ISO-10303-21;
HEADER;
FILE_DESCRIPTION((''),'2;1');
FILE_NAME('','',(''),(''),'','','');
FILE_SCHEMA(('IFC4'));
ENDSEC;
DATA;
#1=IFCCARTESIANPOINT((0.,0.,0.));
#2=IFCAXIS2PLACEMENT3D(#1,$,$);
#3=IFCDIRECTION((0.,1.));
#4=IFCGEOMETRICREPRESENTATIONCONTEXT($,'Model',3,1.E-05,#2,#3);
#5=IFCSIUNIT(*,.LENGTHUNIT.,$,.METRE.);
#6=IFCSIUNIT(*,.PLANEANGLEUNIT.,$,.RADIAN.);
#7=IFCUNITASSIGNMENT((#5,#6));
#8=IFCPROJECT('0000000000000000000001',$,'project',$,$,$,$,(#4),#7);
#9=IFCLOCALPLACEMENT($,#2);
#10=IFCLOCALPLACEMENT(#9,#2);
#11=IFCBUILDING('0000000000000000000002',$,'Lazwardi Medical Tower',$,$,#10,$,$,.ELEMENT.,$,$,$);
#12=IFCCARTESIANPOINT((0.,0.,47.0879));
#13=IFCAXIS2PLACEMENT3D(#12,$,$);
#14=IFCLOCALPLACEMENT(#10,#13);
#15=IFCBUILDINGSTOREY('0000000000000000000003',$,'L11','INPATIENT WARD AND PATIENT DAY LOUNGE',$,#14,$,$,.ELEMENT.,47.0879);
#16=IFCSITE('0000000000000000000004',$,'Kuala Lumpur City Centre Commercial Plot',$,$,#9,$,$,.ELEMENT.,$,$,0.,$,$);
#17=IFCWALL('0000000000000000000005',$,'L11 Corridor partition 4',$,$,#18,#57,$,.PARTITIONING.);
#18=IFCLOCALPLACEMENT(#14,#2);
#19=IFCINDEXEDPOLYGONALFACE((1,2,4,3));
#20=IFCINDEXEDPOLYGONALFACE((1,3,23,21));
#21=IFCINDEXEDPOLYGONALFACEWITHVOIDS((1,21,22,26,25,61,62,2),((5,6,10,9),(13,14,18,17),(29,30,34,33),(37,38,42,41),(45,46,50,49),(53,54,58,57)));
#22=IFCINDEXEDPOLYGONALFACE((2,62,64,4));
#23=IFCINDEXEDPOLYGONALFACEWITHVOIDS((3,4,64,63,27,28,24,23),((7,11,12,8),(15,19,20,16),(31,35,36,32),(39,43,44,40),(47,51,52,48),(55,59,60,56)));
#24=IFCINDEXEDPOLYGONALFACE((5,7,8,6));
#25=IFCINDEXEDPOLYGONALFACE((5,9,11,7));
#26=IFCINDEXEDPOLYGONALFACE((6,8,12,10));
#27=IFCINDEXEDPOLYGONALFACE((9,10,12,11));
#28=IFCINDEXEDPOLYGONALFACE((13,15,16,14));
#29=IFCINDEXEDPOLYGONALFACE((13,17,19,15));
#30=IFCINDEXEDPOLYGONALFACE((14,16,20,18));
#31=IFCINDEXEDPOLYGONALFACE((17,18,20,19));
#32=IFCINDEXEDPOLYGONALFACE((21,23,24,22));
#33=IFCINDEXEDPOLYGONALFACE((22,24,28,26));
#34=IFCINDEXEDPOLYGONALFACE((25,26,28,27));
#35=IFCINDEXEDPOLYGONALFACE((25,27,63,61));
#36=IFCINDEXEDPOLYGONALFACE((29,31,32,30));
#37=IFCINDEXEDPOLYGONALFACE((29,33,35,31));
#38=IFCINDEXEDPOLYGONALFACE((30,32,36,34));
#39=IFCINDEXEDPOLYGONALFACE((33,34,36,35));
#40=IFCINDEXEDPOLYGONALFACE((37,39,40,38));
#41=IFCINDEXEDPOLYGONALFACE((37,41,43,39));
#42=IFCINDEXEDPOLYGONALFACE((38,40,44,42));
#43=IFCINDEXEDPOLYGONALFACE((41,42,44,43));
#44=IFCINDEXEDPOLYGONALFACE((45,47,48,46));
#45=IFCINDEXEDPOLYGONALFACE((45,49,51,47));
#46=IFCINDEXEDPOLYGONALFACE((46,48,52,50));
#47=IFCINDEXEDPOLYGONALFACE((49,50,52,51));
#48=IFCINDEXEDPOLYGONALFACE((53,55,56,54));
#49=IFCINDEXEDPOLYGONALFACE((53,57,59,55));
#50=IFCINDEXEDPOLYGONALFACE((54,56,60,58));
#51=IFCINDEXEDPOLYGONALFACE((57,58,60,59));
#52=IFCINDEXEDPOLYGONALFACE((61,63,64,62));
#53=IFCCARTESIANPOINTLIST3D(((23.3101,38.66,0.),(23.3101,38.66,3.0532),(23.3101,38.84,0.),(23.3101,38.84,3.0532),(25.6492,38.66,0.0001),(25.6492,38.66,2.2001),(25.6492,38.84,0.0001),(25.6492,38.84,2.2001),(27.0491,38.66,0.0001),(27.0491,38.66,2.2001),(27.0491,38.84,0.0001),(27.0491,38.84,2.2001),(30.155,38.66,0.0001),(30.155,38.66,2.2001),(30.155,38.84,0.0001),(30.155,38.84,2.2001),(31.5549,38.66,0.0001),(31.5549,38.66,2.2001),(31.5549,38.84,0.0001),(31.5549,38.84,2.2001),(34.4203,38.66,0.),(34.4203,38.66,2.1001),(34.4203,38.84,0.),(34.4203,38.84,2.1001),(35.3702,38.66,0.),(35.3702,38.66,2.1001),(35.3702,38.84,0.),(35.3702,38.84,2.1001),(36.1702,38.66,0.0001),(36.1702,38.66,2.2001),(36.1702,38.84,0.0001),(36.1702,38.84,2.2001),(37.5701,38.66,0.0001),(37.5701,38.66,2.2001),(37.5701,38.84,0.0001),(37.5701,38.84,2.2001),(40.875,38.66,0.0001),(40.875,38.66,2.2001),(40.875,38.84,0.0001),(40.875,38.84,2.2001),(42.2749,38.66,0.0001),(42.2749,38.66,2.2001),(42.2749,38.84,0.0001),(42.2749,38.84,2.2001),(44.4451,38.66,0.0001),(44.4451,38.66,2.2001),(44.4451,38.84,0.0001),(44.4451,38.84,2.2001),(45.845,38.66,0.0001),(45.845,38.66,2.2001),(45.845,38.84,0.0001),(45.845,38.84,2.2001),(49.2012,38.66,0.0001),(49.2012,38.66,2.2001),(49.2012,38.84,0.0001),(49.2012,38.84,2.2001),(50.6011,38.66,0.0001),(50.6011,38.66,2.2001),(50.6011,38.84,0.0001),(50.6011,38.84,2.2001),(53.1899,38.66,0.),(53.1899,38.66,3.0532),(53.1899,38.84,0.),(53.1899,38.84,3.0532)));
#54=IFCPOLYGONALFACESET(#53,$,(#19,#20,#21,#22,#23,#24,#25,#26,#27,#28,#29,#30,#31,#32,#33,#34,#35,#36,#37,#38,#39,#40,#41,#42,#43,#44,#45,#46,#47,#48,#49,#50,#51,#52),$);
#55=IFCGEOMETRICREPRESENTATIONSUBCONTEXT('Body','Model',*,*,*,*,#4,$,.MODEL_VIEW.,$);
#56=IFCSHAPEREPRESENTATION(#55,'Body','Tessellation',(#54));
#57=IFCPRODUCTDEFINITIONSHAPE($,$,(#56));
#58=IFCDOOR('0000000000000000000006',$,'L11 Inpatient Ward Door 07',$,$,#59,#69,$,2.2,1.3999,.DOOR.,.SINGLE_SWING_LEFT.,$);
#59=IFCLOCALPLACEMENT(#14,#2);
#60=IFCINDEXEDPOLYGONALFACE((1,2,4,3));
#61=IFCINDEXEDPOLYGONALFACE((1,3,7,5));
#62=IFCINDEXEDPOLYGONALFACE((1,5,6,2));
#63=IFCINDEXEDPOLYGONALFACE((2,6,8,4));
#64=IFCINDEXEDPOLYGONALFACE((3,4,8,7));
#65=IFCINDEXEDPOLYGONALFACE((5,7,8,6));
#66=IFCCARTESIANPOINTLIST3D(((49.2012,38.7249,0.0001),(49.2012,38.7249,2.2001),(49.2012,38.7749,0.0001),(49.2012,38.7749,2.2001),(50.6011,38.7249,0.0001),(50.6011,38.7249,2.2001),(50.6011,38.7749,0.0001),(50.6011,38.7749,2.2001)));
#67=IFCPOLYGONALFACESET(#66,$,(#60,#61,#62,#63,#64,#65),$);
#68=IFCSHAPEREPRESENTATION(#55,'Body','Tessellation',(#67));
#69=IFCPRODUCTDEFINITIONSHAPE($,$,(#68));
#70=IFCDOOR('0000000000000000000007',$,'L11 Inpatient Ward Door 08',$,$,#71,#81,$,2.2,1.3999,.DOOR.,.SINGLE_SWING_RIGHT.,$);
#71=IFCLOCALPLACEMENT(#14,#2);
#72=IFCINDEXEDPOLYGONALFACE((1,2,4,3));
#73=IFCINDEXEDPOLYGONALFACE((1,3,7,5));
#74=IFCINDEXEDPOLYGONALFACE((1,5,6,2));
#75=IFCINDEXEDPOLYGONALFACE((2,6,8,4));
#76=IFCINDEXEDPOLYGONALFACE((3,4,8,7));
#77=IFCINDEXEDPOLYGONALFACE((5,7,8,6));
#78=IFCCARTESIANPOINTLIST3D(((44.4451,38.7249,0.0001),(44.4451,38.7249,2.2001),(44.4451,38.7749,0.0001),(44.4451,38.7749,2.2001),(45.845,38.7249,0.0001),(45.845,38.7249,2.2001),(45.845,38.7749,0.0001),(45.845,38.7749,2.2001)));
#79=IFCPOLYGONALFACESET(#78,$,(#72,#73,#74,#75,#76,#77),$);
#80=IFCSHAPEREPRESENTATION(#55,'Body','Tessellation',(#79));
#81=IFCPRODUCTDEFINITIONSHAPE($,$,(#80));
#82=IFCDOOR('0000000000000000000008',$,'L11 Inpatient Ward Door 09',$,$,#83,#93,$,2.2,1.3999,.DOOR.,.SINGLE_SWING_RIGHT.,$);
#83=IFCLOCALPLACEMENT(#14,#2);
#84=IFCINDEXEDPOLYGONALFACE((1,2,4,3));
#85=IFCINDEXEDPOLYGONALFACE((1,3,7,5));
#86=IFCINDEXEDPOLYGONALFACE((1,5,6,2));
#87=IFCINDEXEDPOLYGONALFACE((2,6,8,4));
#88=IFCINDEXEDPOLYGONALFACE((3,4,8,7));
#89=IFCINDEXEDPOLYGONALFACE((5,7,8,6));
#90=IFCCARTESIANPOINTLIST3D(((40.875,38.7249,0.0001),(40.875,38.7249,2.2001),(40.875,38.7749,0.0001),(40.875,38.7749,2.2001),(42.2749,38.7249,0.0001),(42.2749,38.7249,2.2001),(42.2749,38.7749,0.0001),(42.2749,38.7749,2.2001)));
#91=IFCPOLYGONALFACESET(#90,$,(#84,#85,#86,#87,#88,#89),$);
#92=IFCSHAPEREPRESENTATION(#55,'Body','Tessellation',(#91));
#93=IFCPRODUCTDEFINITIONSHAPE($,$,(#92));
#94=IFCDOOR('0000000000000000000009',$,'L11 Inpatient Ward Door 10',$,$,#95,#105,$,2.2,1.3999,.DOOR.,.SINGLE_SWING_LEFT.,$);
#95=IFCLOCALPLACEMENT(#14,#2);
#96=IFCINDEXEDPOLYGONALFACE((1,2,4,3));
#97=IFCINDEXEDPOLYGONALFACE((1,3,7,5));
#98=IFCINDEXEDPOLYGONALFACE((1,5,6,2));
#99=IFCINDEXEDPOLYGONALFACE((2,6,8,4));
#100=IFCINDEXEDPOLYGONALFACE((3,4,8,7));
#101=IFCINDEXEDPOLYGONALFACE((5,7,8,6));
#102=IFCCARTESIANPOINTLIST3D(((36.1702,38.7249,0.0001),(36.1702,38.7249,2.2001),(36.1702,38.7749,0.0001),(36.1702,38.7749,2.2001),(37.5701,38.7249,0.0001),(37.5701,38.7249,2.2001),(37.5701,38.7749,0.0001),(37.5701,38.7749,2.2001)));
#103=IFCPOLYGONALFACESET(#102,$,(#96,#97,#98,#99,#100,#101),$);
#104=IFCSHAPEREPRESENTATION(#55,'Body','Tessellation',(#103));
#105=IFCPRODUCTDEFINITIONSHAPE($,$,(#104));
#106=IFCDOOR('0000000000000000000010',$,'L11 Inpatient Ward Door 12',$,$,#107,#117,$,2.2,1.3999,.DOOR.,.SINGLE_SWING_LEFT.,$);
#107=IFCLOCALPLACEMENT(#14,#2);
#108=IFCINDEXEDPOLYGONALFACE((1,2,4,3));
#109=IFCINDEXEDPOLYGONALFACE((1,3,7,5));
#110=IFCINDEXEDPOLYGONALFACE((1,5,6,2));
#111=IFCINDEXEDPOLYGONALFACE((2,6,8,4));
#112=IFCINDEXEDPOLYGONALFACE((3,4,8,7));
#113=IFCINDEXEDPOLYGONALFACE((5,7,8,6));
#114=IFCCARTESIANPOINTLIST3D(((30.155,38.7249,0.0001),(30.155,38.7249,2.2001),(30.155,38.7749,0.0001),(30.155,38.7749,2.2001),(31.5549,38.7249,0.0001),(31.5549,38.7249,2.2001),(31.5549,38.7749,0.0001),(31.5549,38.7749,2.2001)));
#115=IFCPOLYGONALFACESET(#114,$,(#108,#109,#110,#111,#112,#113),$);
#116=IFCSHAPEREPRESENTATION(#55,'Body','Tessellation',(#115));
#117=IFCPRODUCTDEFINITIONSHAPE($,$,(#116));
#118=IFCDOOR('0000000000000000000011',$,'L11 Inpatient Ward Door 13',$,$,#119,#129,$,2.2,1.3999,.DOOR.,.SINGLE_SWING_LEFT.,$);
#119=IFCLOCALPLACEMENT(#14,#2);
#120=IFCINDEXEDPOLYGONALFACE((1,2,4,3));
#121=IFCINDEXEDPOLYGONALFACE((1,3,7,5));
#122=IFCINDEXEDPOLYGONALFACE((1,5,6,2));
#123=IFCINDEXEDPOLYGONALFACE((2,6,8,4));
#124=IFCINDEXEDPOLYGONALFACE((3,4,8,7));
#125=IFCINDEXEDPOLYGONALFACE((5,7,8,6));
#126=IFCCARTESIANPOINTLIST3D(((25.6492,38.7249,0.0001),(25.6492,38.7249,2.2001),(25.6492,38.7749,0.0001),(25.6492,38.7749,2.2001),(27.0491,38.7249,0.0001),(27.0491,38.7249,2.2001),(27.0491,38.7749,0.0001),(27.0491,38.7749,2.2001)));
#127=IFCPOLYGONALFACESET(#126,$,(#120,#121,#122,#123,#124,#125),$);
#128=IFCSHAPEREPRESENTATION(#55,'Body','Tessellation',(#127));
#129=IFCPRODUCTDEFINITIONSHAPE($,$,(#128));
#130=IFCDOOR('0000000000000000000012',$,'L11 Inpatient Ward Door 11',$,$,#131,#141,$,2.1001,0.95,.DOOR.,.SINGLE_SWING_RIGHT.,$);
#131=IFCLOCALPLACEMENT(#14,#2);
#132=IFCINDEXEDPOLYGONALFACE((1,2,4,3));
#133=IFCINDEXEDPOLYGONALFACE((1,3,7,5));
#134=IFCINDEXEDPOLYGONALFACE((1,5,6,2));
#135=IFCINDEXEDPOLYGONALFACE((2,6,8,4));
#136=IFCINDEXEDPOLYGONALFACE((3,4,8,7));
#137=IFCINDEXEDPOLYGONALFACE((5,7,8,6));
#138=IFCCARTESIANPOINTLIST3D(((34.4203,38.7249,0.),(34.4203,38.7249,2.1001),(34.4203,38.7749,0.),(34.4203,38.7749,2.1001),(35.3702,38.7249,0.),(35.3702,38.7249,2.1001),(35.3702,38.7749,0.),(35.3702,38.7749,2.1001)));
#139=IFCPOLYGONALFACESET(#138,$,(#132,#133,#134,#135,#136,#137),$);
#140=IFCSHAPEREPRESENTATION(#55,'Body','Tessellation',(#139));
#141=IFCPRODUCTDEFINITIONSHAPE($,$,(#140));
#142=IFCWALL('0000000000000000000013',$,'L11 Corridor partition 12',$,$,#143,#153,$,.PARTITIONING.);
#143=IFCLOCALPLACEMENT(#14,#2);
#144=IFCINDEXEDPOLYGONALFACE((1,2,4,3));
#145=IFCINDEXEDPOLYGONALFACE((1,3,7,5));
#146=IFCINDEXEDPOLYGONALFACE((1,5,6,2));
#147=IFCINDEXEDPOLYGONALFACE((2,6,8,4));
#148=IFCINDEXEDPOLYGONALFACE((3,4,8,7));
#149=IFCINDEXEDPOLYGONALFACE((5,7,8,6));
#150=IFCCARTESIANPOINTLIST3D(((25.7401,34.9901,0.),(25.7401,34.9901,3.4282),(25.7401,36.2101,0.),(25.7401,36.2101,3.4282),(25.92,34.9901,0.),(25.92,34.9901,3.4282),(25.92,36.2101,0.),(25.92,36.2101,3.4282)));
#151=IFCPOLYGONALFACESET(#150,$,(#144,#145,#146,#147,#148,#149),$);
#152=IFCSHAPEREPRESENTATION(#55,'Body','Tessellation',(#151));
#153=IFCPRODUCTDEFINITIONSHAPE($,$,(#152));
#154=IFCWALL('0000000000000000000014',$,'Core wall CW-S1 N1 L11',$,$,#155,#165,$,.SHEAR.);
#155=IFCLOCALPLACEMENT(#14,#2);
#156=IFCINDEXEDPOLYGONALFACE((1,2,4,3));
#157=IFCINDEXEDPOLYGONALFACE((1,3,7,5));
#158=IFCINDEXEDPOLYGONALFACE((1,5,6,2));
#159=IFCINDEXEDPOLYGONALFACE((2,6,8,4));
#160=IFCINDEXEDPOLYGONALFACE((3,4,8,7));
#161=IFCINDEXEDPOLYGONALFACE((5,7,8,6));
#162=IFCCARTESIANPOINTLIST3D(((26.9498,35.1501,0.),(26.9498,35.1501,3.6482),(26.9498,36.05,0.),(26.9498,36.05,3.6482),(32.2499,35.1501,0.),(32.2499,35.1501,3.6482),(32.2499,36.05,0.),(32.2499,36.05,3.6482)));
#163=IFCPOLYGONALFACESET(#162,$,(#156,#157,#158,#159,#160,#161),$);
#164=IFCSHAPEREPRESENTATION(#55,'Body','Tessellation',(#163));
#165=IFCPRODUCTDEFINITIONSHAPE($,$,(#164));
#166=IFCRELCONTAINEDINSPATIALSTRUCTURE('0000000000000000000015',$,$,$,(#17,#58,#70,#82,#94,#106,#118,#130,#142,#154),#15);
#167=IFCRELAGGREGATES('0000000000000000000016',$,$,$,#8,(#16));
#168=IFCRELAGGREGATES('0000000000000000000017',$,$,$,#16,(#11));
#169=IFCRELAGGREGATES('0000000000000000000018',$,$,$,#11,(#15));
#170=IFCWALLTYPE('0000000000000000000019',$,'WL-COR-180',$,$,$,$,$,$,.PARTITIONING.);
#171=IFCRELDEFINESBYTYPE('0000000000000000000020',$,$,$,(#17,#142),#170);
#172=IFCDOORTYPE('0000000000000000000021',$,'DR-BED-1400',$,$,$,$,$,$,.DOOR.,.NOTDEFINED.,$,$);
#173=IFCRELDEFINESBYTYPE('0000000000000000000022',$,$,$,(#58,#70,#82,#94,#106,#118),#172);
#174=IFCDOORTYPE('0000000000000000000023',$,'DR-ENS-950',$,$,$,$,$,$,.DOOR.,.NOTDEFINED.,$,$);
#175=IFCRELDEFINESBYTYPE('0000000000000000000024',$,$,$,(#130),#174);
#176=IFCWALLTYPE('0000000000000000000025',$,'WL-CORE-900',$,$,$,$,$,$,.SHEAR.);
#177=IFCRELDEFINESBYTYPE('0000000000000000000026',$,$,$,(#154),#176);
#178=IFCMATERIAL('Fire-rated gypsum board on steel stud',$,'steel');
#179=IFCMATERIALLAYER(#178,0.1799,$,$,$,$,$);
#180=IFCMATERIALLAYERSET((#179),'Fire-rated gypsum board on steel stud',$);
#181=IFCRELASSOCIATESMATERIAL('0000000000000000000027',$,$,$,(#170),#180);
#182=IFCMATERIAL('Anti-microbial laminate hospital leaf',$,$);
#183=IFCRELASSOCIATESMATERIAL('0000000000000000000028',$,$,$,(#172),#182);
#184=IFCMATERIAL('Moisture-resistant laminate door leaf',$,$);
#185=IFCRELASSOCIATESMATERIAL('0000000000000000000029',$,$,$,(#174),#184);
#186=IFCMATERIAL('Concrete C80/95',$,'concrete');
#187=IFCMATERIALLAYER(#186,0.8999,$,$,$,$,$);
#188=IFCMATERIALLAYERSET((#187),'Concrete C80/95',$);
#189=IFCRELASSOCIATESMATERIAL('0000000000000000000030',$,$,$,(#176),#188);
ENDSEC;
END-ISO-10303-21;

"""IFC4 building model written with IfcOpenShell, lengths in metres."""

from ifc_helpers import new_model, si_unit, direction, frame, frame_2d, origin, place, context, subcontext, project, spatial, rectangle, extrude, material, layer, layer_set, type_object, element, fill, save


model = new_model("IFC4")

# Units and contexts
model_context = context("Model", 3, precision=1e-05, world=origin(), true_north=direction((0.0, 1.0)))
body_context = subcontext(model_context, "Body", "Model", "MODEL_VIEW")
ifc_project = project(units=[si_unit("LENGTHUNIT", "METRE"), si_unit("PLANEANGLEUNIT", "RADIAN")], contexts=[model_context])

# Site, building, storey
site_placement = place(None, origin())
site = spatial("IfcSite", under=ifc_project, at=site_placement, Name="Kuala Lumpur City Centre Commercial Plot", CompositionType="ELEMENT", RefElevation=0.0)
building_placement = place(site_placement, origin())
building = spatial("IfcBuilding", under=site, at=building_placement, Name="Lazwardi Medical Tower", CompositionType="ELEMENT")
storey_placement = place(building_placement, frame((0.0, 0.0, 47.0879)))
storey = spatial("IfcBuildingStorey", under=building, at=storey_placement, Name="L11", Description="INPATIENT WARD AND PATIENT DAY LOUNGE", CompositionType="ELEMENT", Elevation=47.0879)

# Shared definitions
ifc_material_1 = material(Name="Concrete C80/95", Category="concrete")

# Wall, openings, doors
ifc_material_2 = material(Name="Fire-rated gypsum board on steel stud", Category="steel")
ifc_layer_1 = layer(ifc_material_2, 0.1799)
ifc_layer_set_1 = layer_set([ifc_layer_1], Name="Fire-rated gypsum board on steel stud")
wall_type_1 = type_object("IfcWallType", Name="WL-COR-180", PredefinedType="PARTITIONING", material=ifc_layer_set_1)
wall_1_placement = place(storey_placement, frame((23.3101, 38.75, 0.0), z_axis=(0.0, 0.0, 1.0), x_axis=(1.0, 0.0, 0.0)))
wall_1 = element("IfcWall", 1, at=wall_1_placement, inside=storey, type_object=wall_type_1, Name="L11 Corridor partition 4", PredefinedType="PARTITIONING", context=body_context, shape_type="SweptSolid", body=[
    extrude(rectangle(XDim=29.8799, YDim=0.1799, at=frame_2d((14.9399, 0.0))), origin(), (0.0, 0.0, 1.0), 3.0532),
])
opening_1_placement = place(wall_1_placement, frame((25.8911, 0.0, 0.0)))
opening_1 = element("IfcOpeningElement", 2, at=opening_1_placement, cuts=wall_1, PredefinedType="OPENING", context=body_context, shape_type="SweptSolid", body=[
    extrude(rectangle(XDim=1.3999, YDim=2.2, at=frame_2d((0.7, 1.1001))), frame((0.0, 0.0999, 0.0), z_axis=(0.0, -1.0, 0.0), x_axis=(1.0, 0.0, 0.0)), (0.0, 0.0, 1.0), 0.2),
])
opening_2_placement = place(wall_1_placement, frame((21.135, 0.0, 0.0)))
opening_2 = element("IfcOpeningElement", 3, at=opening_2_placement, cuts=wall_1, PredefinedType="OPENING", context=body_context, shape_type="SweptSolid", body=[
    extrude(rectangle(XDim=1.3999, YDim=2.2, at=frame_2d((0.7, 1.1001))), frame((0.0, 0.0999, 0.0), z_axis=(0.0, -1.0, 0.0), x_axis=(1.0, 0.0, 0.0)), (0.0, 0.0, 1.0), 0.2),
])
opening_3_placement = place(wall_1_placement, frame((17.5649, 0.0, 0.0)))
opening_3 = element("IfcOpeningElement", 4, at=opening_3_placement, cuts=wall_1, PredefinedType="OPENING", context=body_context, shape_type="SweptSolid", body=[
    extrude(rectangle(XDim=1.3999, YDim=2.2, at=frame_2d((0.7, 1.1001))), frame((0.0, 0.0999, 0.0), z_axis=(0.0, -1.0, 0.0), x_axis=(1.0, 0.0, 0.0)), (0.0, 0.0, 1.0), 0.2),
])
opening_4_placement = place(wall_1_placement, frame((12.8601, 0.0, 0.0)))
opening_4 = element("IfcOpeningElement", 5, at=opening_4_placement, cuts=wall_1, PredefinedType="OPENING", context=body_context, shape_type="SweptSolid", body=[
    extrude(rectangle(XDim=1.3999, YDim=2.2, at=frame_2d((0.7, 1.1001))), frame((0.0, 0.0999, 0.0), z_axis=(0.0, -1.0, 0.0), x_axis=(1.0, 0.0, 0.0)), (0.0, 0.0, 1.0), 0.2),
])
opening_5_placement = place(wall_1_placement, frame((11.1101, 0.0, 0.0)))
opening_5 = element("IfcOpeningElement", 6, at=opening_5_placement, cuts=wall_1, PredefinedType="OPENING", context=body_context, shape_type="SweptSolid", body=[
    extrude(rectangle(XDim=0.95, YDim=2.1001, at=frame_2d((0.4751, 1.05))), frame((0.0, 0.0999, 0.0), z_axis=(0.0, -1.0, 0.0), x_axis=(1.0, 0.0, 0.0)), (0.0, 0.0, 1.0), 0.2),
])
opening_6_placement = place(wall_1_placement, frame((6.845, 0.0, 0.0)))
opening_6 = element("IfcOpeningElement", 7, at=opening_6_placement, cuts=wall_1, PredefinedType="OPENING", context=body_context, shape_type="SweptSolid", body=[
    extrude(rectangle(XDim=1.3999, YDim=2.2, at=frame_2d((0.7, 1.1001))), frame((0.0, 0.0999, 0.0), z_axis=(0.0, -1.0, 0.0), x_axis=(1.0, 0.0, 0.0)), (0.0, 0.0, 1.0), 0.2),
])
opening_7_placement = place(wall_1_placement, frame((2.3391, 0.0, 0.0)))
opening_7 = element("IfcOpeningElement", 8, at=opening_7_placement, cuts=wall_1, PredefinedType="OPENING", context=body_context, shape_type="SweptSolid", body=[
    extrude(rectangle(XDim=1.3999, YDim=2.2, at=frame_2d((0.7, 1.1001))), frame((0.0, 0.0999, 0.0), z_axis=(0.0, -1.0, 0.0), x_axis=(1.0, 0.0, 0.0)), (0.0, 0.0, 1.0), 0.2),
])
ifc_material_3 = material(Name="Anti-microbial laminate hospital leaf")
door_type_1 = type_object("IfcDoorType", Name="DR-BED-1400", OperationType="NOTDEFINED", PredefinedType="DOOR", material=ifc_material_3)
door_1_placement = place(opening_1_placement, origin())
door_1 = element("IfcDoor", 9, at=door_1_placement, inside=storey, type_object=door_type_1, Name="L11 Inpatient Ward Door 07", OperationType="SINGLE_SWING_LEFT", OverallHeight=2.2, OverallWidth=1.3999, PredefinedType="DOOR", context=body_context, shape_type="SweptSolid", body=[
    extrude(rectangle(XDim=1.3999, YDim=2.2, at=frame_2d((0.7, 1.1001))), frame((0.0, 0.0249, 0.0), z_axis=(0.0, -1.0, 0.0), x_axis=(1.0, 0.0, 0.0)), (0.0, 0.0, 1.0), 0.05),
])
fill(opening_1, door_1)
door_2_placement = place(opening_2_placement, origin())
door_2 = element("IfcDoor", 10, at=door_2_placement, inside=storey, type_object=door_type_1, Name="L11 Inpatient Ward Door 08", OperationType="SINGLE_SWING_RIGHT", OverallHeight=2.2, OverallWidth=1.3999, PredefinedType="DOOR", context=body_context, shape_type="SweptSolid", body=[
    extrude(rectangle(XDim=1.3999, YDim=2.2, at=frame_2d((0.7, 1.1001))), frame((0.0, 0.0249, 0.0), z_axis=(0.0, -1.0, 0.0), x_axis=(1.0, 0.0, 0.0)), (0.0, 0.0, 1.0), 0.05),
])
fill(opening_2, door_2)
door_3_placement = place(opening_3_placement, origin())
door_3 = element("IfcDoor", 11, at=door_3_placement, inside=storey, type_object=door_type_1, Name="L11 Inpatient Ward Door 09", OperationType="SINGLE_SWING_RIGHT", OverallHeight=2.2, OverallWidth=1.3999, PredefinedType="DOOR", context=body_context, shape_type="SweptSolid", body=[
    extrude(rectangle(XDim=1.3999, YDim=2.2, at=frame_2d((0.7, 1.1001))), frame((0.0, 0.0249, 0.0), z_axis=(0.0, -1.0, 0.0), x_axis=(1.0, 0.0, 0.0)), (0.0, 0.0, 1.0), 0.05),
])
fill(opening_3, door_3)
door_4_placement = place(opening_4_placement, origin())
door_4 = element("IfcDoor", 12, at=door_4_placement, inside=storey, type_object=door_type_1, Name="L11 Inpatient Ward Door 10", OperationType="SINGLE_SWING_LEFT", OverallHeight=2.2, OverallWidth=1.3999, PredefinedType="DOOR", context=body_context, shape_type="SweptSolid", body=[
    extrude(rectangle(XDim=1.3999, YDim=2.2, at=frame_2d((0.7, 1.1001))), frame((0.0, 0.0249, 0.0), z_axis=(0.0, -1.0, 0.0), x_axis=(1.0, 0.0, 0.0)), (0.0, 0.0, 1.0), 0.05),
])
fill(opening_4, door_4)
door_5_placement = place(opening_6_placement, origin())
door_5 = element("IfcDoor", 13, at=door_5_placement, inside=storey, type_object=door_type_1, Name="L11 Inpatient Ward Door 12", OperationType="SINGLE_SWING_LEFT", OverallHeight=2.2, OverallWidth=1.3999, PredefinedType="DOOR", context=body_context, shape_type="SweptSolid", body=[
    extrude(rectangle(XDim=1.3999, YDim=2.2, at=frame_2d((0.7, 1.1001))), frame((0.0, 0.0249, 0.0), z_axis=(0.0, -1.0, 0.0), x_axis=(1.0, 0.0, 0.0)), (0.0, 0.0, 1.0), 0.05),
])
fill(opening_6, door_5)
door_6_placement = place(opening_7_placement, origin())
door_6 = element("IfcDoor", 14, at=door_6_placement, inside=storey, type_object=door_type_1, Name="L11 Inpatient Ward Door 13", OperationType="SINGLE_SWING_LEFT", OverallHeight=2.2, OverallWidth=1.3999, PredefinedType="DOOR", context=body_context, shape_type="SweptSolid", body=[
    extrude(rectangle(XDim=1.3999, YDim=2.2, at=frame_2d((0.7, 1.1001))), frame((0.0, 0.0249, 0.0), z_axis=(0.0, -1.0, 0.0), x_axis=(1.0, 0.0, 0.0)), (0.0, 0.0, 1.0), 0.05),
])
fill(opening_7, door_6)
ifc_material_4 = material(Name="Moisture-resistant laminate door leaf")
door_type_2 = type_object("IfcDoorType", Name="DR-ENS-950", OperationType="NOTDEFINED", PredefinedType="DOOR", material=ifc_material_4)
door_7_placement = place(opening_5_placement, origin())
door_7 = element("IfcDoor", 15, at=door_7_placement, inside=storey, type_object=door_type_2, Name="L11 Inpatient Ward Door 11", OperationType="SINGLE_SWING_RIGHT", OverallHeight=2.1001, OverallWidth=0.95, PredefinedType="DOOR", context=body_context, shape_type="SweptSolid", body=[
    extrude(rectangle(XDim=0.95, YDim=2.1001, at=frame_2d((0.4751, 1.05))), frame((0.0, 0.0249, 0.0), z_axis=(0.0, -1.0, 0.0), x_axis=(1.0, 0.0, 0.0)), (0.0, 0.0, 1.0), 0.05),
])
fill(opening_5, door_7)

# Walls
wall_2_placement = place(storey_placement, frame((25.8301, 36.21, 0.0), z_axis=(0.0, 0.0, 1.0), x_axis=(0.0, -1.0, 0.0)))
element("IfcWall", 16, at=wall_2_placement, inside=storey, type_object=wall_type_1, Name="L11 Corridor partition 12", PredefinedType="PARTITIONING", context=body_context, shape_type="SweptSolid", body=[
    extrude(rectangle(XDim=1.22, YDim=0.1799, at=frame_2d((0.6099, 0.0))), origin(), (0.0, 0.0, 1.0), 3.4282),
])
ifc_layer_2 = layer(ifc_material_1, 0.8999)
ifc_layer_set_2 = layer_set([ifc_layer_2], Name="Concrete C80/95")
wall_type_2 = type_object("IfcWallType", Name="WL-CORE-900", PredefinedType="SHEAR", material=ifc_layer_set_2)
wall_3_placement = place(storey_placement, frame((26.95, 35.6001, 0.0), z_axis=(0.0, 0.0, 1.0), x_axis=(1.0, 0.0, 0.0)))
element("IfcWall", 17, at=wall_3_placement, inside=storey, type_object=wall_type_2, Name="Core wall CW-S1 N1 L11", PredefinedType="SHEAR", context=body_context, shape_type="SweptSolid", body=[
    extrude(rectangle(XDim=5.3, YDim=0.8999, at=frame_2d((2.6499, 0.0))), origin(), (0.0, 0.0, 1.0), 3.6482),
])

save(model, "model.ifc")
